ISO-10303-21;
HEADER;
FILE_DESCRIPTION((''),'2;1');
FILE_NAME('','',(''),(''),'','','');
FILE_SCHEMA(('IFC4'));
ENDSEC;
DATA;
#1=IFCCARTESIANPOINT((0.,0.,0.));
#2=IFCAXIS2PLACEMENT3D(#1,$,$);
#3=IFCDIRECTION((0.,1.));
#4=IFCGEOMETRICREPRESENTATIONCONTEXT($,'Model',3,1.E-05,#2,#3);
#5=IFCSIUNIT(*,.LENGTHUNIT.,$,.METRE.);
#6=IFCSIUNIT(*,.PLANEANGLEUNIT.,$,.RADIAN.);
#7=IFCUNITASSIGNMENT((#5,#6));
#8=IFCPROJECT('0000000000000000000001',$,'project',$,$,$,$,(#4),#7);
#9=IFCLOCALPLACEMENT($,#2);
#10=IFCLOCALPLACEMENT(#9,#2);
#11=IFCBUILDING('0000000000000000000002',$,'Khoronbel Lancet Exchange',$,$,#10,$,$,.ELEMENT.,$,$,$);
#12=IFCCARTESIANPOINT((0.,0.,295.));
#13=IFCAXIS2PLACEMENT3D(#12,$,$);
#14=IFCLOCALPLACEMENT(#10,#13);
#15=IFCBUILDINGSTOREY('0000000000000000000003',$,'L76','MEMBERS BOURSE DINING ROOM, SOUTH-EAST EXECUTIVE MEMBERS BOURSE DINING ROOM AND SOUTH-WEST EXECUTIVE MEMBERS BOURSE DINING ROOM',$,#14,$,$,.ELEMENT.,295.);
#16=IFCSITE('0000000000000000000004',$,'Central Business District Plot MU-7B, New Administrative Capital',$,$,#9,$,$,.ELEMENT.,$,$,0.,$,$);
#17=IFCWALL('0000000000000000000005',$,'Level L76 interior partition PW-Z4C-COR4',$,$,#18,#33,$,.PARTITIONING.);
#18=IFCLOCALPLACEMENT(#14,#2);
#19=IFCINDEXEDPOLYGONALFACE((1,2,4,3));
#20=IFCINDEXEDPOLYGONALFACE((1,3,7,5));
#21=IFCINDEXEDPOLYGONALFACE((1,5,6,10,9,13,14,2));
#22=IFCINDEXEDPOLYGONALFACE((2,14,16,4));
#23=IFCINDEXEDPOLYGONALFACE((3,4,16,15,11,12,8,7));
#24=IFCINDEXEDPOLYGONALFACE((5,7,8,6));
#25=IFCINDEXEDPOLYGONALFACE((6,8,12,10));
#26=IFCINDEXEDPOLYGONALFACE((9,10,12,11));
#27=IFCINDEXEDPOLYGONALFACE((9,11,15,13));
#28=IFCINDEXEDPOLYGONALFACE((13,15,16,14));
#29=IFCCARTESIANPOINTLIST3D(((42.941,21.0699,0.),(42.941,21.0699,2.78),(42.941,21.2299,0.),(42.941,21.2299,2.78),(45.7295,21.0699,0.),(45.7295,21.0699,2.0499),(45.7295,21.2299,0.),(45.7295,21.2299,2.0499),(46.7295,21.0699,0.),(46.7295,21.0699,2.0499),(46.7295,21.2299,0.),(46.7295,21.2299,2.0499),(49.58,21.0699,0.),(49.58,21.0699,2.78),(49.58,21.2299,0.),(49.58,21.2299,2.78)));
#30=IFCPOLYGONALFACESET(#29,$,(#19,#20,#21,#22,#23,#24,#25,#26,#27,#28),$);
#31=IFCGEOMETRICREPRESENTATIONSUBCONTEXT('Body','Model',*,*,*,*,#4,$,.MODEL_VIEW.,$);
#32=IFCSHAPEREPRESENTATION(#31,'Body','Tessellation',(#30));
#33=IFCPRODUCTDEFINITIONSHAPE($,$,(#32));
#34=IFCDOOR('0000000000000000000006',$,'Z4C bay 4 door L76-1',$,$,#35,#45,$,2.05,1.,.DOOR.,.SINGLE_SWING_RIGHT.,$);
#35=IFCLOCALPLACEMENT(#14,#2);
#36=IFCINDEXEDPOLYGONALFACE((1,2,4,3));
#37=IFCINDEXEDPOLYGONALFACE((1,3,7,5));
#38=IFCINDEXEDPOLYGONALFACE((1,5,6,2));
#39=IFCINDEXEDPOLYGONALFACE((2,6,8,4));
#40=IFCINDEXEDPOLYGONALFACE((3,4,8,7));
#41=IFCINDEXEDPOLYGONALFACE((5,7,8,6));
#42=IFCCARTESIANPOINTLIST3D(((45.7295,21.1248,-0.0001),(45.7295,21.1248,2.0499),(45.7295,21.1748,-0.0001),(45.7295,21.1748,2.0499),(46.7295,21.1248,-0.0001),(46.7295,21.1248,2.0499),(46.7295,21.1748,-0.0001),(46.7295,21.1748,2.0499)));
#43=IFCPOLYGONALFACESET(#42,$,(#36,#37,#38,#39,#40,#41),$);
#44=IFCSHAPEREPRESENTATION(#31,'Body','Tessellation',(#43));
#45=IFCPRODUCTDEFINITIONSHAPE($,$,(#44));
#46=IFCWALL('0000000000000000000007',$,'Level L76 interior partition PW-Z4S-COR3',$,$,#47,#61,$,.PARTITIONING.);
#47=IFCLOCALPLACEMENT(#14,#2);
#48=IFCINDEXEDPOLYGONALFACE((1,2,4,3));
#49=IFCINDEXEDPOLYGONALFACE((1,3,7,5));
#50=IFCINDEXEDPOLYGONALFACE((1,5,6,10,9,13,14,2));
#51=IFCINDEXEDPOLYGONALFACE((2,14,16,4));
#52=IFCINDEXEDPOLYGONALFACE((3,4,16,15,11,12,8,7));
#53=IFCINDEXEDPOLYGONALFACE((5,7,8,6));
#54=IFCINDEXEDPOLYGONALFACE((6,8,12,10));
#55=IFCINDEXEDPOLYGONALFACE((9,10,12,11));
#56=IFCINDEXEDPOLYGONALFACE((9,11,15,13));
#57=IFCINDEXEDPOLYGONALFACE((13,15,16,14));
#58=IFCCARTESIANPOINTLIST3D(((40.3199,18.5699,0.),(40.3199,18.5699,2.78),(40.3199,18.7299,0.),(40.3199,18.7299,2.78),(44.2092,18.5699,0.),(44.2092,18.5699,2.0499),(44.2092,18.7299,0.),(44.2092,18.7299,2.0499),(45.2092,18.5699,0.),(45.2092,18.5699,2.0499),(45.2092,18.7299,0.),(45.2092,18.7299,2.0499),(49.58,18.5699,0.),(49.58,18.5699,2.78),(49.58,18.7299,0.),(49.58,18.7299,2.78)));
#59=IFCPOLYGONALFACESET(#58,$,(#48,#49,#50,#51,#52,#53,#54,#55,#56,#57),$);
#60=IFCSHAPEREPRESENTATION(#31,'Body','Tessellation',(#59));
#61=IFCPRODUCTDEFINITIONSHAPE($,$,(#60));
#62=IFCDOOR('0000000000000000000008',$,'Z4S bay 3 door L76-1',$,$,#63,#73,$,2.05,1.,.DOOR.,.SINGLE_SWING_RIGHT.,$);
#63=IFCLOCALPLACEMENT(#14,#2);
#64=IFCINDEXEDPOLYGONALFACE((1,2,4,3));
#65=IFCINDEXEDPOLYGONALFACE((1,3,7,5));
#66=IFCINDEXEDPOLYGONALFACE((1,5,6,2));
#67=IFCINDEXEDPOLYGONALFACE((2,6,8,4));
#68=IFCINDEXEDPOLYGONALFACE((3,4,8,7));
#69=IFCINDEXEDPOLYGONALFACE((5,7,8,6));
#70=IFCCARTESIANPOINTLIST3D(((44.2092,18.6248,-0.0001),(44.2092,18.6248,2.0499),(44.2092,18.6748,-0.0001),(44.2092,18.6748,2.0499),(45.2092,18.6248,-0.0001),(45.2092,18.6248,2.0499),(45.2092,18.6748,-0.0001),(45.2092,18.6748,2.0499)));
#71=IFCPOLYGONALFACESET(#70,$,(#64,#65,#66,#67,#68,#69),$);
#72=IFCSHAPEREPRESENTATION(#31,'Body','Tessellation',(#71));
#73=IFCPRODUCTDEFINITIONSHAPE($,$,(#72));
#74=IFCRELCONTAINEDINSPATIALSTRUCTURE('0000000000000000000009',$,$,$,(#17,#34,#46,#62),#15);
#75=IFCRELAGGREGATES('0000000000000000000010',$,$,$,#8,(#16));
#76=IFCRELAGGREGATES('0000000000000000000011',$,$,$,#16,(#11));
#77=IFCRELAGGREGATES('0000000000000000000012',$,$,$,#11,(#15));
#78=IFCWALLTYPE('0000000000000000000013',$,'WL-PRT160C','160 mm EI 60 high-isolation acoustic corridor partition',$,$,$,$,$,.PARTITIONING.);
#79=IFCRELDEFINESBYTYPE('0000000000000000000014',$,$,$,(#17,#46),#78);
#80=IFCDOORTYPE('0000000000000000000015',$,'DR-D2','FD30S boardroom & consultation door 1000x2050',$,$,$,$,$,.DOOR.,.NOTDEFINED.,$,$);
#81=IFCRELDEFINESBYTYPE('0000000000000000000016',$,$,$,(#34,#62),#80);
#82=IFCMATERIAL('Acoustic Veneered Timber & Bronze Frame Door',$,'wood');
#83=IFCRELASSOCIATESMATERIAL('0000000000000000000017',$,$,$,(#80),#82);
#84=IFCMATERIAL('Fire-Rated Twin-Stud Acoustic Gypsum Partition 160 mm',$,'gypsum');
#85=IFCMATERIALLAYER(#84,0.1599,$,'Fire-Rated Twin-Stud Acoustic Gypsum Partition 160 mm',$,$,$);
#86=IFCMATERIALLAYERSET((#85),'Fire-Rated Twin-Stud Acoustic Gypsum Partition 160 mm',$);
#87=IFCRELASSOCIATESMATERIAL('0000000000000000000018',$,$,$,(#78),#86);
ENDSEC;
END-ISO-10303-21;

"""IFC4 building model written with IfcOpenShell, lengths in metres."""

from ifc_helpers import new_model, si_unit, direction, frame, frame_2d, origin, place, context, subcontext, project, spatial, rectangle, extrude, material, layer, layer_set, type_object, element, fill, save


model = new_model("IFC4")

# Units and contexts
model_context = context("Model", 3, precision=1e-05, world=origin(), true_north=direction((0.0, 1.0)))
body_context = subcontext(model_context, "Body", "Model", "MODEL_VIEW")
ifc_project = project(units=[si_unit("LENGTHUNIT", "METRE"), si_unit("PLANEANGLEUNIT", "RADIAN")], contexts=[model_context])

# Site, building, storey
site_placement = place(None, origin())
site = spatial("IfcSite", under=ifc_project, at=site_placement, Name="Central Business District Plot MU-7B, New Administrative Capital", CompositionType="ELEMENT", RefElevation=0.0)
building_placement = place(site_placement, origin())
building = spatial("IfcBuilding", under=site, at=building_placement, Name="Khoronbel Lancet Exchange", CompositionType="ELEMENT")
storey_placement = place(building_placement, frame((0.0, 0.0, 295.0)))
storey = spatial("IfcBuildingStorey", under=building, at=storey_placement, Name="L76", Description="MEMBERS BOURSE DINING ROOM, SOUTH-EAST EXECUTIVE MEMBERS BOURSE DINING ROOM AND SOUTH-WEST EXECUTIVE MEMBERS BOURSE DINING ROOM", CompositionType="ELEMENT", Elevation=295.0)

# Shared definitions
ifc_material_1 = material(Name="Acoustic Veneered Timber & Bronze Frame Door", Category="wood")
door_type_1 = type_object("IfcDoorType", Name="DR-D2", Description="FD30S boardroom & consultation door 1000x2050", OperationType="NOTDEFINED", PredefinedType="DOOR", material=ifc_material_1)

# Walls, openings, doors
ifc_material_2 = material(Name="Fire-Rated Twin-Stud Acoustic Gypsum Partition 160 mm", Category="gypsum")
ifc_layer_1 = layer(ifc_material_2, 0.1599, Name="Fire-Rated Twin-Stud Acoustic Gypsum Partition 160 mm")
ifc_layer_set_1 = layer_set([ifc_layer_1], Name="Fire-Rated Twin-Stud Acoustic Gypsum Partition 160 mm")
wall_type_1 = type_object("IfcWallType", Name="WL-PRT160C", Description="160 mm EI 60 high-isolation acoustic corridor partition", PredefinedType="PARTITIONING", material=ifc_layer_set_1)
wall_1_placement = place(storey_placement, frame((42.9412, 21.1499, 0.0), z_axis=(0.0, 0.0, 1.0), x_axis=(1.0, 0.0, 0.0)))
wall_1 = element("IfcWall", 1, at=wall_1_placement, inside=storey, type_object=wall_type_1, Name="Level L76 interior partition PW-Z4C-COR4", PredefinedType="PARTITIONING", context=body_context, shape_type="SweptSolid", body=[
    extrude(rectangle(XDim=6.6389, YDim=0.1599, at=frame_2d((3.3193, 0.0))), origin(), (0.0, 0.0, 1.0), 2.78),
])
opening_1_placement = place(wall_1_placement, frame((2.7883, 0.0, 0.0)))
opening_1 = element("IfcOpeningElement", 2, at=opening_1_placement, cuts=wall_1, PredefinedType="OPENING", context=body_context, shape_type="SweptSolid", body=[
    extrude(rectangle(XDim=1.0, YDim=2.05, at=frame_2d((0.5, 1.0249))), frame((0.0, 0.0898, 0.0), z_axis=(0.0, -1.0, 0.0), x_axis=(1.0, 0.0, 0.0)), (0.0, 0.0, 1.0), 0.1799),
])
door_1_placement = place(opening_1_placement, origin())
door_1 = element("IfcDoor", 3, at=door_1_placement, inside=storey, type_object=door_type_1, Name="Z4C bay 4 door L76-1", OperationType="SINGLE_SWING_RIGHT", OverallHeight=2.05, OverallWidth=1.0, PredefinedType="DOOR", context=body_context, shape_type="SweptSolid", body=[
    extrude(rectangle(XDim=1.0, YDim=2.05, at=frame_2d((0.5, 1.0249))), frame((0.0, 0.0249, 0.0), z_axis=(0.0, -1.0, 0.0), x_axis=(1.0, 0.0, 0.0)), (0.0, 0.0, 1.0), 0.05),
])
fill(opening_1, door_1)
wall_2_placement = place(storey_placement, frame((40.3201, 18.6499, 0.0), z_axis=(0.0, 0.0, 1.0), x_axis=(1.0, 0.0, 0.0)))
wall_2 = element("IfcWall", 4, at=wall_2_placement, inside=storey, type_object=wall_type_1, Name="Level L76 interior partition PW-Z4S-COR3", PredefinedType="PARTITIONING", context=body_context, shape_type="SweptSolid", body=[
    extrude(rectangle(XDim=9.26, YDim=0.1599, at=frame_2d((4.6299, 0.0))), origin(), (0.0, 0.0, 1.0), 2.78),
])
opening_2_placement = place(wall_2_placement, frame((3.8892, 0.0, 0.0)))
opening_2 = element("IfcOpeningElement", 5, at=opening_2_placement, cuts=wall_2, PredefinedType="OPENING", context=body_context, shape_type="SweptSolid", body=[
    extrude(rectangle(XDim=1.0, YDim=2.05, at=frame_2d((0.5, 1.0249))), frame((0.0, 0.0898, 0.0), z_axis=(0.0, -1.0, 0.0), x_axis=(1.0, 0.0, 0.0)), (0.0, 0.0, 1.0), 0.1799),
])
door_2_placement = place(opening_2_placement, origin())
door_2 = element("IfcDoor", 6, at=door_2_placement, inside=storey, type_object=door_type_1, Name="Z4S bay 3 door L76-1", OperationType="SINGLE_SWING_RIGHT", OverallHeight=2.05, OverallWidth=1.0, PredefinedType="DOOR", context=body_context, shape_type="SweptSolid", body=[
    extrude(rectangle(XDim=1.0, YDim=2.05, at=frame_2d((0.5, 1.0249))), frame((0.0, 0.0249, 0.0), z_axis=(0.0, -1.0, 0.0), x_axis=(1.0, 0.0, 0.0)), (0.0, 0.0, 1.0), 0.05),
])
fill(opening_2, door_2)

save(model, "model.ifc")
